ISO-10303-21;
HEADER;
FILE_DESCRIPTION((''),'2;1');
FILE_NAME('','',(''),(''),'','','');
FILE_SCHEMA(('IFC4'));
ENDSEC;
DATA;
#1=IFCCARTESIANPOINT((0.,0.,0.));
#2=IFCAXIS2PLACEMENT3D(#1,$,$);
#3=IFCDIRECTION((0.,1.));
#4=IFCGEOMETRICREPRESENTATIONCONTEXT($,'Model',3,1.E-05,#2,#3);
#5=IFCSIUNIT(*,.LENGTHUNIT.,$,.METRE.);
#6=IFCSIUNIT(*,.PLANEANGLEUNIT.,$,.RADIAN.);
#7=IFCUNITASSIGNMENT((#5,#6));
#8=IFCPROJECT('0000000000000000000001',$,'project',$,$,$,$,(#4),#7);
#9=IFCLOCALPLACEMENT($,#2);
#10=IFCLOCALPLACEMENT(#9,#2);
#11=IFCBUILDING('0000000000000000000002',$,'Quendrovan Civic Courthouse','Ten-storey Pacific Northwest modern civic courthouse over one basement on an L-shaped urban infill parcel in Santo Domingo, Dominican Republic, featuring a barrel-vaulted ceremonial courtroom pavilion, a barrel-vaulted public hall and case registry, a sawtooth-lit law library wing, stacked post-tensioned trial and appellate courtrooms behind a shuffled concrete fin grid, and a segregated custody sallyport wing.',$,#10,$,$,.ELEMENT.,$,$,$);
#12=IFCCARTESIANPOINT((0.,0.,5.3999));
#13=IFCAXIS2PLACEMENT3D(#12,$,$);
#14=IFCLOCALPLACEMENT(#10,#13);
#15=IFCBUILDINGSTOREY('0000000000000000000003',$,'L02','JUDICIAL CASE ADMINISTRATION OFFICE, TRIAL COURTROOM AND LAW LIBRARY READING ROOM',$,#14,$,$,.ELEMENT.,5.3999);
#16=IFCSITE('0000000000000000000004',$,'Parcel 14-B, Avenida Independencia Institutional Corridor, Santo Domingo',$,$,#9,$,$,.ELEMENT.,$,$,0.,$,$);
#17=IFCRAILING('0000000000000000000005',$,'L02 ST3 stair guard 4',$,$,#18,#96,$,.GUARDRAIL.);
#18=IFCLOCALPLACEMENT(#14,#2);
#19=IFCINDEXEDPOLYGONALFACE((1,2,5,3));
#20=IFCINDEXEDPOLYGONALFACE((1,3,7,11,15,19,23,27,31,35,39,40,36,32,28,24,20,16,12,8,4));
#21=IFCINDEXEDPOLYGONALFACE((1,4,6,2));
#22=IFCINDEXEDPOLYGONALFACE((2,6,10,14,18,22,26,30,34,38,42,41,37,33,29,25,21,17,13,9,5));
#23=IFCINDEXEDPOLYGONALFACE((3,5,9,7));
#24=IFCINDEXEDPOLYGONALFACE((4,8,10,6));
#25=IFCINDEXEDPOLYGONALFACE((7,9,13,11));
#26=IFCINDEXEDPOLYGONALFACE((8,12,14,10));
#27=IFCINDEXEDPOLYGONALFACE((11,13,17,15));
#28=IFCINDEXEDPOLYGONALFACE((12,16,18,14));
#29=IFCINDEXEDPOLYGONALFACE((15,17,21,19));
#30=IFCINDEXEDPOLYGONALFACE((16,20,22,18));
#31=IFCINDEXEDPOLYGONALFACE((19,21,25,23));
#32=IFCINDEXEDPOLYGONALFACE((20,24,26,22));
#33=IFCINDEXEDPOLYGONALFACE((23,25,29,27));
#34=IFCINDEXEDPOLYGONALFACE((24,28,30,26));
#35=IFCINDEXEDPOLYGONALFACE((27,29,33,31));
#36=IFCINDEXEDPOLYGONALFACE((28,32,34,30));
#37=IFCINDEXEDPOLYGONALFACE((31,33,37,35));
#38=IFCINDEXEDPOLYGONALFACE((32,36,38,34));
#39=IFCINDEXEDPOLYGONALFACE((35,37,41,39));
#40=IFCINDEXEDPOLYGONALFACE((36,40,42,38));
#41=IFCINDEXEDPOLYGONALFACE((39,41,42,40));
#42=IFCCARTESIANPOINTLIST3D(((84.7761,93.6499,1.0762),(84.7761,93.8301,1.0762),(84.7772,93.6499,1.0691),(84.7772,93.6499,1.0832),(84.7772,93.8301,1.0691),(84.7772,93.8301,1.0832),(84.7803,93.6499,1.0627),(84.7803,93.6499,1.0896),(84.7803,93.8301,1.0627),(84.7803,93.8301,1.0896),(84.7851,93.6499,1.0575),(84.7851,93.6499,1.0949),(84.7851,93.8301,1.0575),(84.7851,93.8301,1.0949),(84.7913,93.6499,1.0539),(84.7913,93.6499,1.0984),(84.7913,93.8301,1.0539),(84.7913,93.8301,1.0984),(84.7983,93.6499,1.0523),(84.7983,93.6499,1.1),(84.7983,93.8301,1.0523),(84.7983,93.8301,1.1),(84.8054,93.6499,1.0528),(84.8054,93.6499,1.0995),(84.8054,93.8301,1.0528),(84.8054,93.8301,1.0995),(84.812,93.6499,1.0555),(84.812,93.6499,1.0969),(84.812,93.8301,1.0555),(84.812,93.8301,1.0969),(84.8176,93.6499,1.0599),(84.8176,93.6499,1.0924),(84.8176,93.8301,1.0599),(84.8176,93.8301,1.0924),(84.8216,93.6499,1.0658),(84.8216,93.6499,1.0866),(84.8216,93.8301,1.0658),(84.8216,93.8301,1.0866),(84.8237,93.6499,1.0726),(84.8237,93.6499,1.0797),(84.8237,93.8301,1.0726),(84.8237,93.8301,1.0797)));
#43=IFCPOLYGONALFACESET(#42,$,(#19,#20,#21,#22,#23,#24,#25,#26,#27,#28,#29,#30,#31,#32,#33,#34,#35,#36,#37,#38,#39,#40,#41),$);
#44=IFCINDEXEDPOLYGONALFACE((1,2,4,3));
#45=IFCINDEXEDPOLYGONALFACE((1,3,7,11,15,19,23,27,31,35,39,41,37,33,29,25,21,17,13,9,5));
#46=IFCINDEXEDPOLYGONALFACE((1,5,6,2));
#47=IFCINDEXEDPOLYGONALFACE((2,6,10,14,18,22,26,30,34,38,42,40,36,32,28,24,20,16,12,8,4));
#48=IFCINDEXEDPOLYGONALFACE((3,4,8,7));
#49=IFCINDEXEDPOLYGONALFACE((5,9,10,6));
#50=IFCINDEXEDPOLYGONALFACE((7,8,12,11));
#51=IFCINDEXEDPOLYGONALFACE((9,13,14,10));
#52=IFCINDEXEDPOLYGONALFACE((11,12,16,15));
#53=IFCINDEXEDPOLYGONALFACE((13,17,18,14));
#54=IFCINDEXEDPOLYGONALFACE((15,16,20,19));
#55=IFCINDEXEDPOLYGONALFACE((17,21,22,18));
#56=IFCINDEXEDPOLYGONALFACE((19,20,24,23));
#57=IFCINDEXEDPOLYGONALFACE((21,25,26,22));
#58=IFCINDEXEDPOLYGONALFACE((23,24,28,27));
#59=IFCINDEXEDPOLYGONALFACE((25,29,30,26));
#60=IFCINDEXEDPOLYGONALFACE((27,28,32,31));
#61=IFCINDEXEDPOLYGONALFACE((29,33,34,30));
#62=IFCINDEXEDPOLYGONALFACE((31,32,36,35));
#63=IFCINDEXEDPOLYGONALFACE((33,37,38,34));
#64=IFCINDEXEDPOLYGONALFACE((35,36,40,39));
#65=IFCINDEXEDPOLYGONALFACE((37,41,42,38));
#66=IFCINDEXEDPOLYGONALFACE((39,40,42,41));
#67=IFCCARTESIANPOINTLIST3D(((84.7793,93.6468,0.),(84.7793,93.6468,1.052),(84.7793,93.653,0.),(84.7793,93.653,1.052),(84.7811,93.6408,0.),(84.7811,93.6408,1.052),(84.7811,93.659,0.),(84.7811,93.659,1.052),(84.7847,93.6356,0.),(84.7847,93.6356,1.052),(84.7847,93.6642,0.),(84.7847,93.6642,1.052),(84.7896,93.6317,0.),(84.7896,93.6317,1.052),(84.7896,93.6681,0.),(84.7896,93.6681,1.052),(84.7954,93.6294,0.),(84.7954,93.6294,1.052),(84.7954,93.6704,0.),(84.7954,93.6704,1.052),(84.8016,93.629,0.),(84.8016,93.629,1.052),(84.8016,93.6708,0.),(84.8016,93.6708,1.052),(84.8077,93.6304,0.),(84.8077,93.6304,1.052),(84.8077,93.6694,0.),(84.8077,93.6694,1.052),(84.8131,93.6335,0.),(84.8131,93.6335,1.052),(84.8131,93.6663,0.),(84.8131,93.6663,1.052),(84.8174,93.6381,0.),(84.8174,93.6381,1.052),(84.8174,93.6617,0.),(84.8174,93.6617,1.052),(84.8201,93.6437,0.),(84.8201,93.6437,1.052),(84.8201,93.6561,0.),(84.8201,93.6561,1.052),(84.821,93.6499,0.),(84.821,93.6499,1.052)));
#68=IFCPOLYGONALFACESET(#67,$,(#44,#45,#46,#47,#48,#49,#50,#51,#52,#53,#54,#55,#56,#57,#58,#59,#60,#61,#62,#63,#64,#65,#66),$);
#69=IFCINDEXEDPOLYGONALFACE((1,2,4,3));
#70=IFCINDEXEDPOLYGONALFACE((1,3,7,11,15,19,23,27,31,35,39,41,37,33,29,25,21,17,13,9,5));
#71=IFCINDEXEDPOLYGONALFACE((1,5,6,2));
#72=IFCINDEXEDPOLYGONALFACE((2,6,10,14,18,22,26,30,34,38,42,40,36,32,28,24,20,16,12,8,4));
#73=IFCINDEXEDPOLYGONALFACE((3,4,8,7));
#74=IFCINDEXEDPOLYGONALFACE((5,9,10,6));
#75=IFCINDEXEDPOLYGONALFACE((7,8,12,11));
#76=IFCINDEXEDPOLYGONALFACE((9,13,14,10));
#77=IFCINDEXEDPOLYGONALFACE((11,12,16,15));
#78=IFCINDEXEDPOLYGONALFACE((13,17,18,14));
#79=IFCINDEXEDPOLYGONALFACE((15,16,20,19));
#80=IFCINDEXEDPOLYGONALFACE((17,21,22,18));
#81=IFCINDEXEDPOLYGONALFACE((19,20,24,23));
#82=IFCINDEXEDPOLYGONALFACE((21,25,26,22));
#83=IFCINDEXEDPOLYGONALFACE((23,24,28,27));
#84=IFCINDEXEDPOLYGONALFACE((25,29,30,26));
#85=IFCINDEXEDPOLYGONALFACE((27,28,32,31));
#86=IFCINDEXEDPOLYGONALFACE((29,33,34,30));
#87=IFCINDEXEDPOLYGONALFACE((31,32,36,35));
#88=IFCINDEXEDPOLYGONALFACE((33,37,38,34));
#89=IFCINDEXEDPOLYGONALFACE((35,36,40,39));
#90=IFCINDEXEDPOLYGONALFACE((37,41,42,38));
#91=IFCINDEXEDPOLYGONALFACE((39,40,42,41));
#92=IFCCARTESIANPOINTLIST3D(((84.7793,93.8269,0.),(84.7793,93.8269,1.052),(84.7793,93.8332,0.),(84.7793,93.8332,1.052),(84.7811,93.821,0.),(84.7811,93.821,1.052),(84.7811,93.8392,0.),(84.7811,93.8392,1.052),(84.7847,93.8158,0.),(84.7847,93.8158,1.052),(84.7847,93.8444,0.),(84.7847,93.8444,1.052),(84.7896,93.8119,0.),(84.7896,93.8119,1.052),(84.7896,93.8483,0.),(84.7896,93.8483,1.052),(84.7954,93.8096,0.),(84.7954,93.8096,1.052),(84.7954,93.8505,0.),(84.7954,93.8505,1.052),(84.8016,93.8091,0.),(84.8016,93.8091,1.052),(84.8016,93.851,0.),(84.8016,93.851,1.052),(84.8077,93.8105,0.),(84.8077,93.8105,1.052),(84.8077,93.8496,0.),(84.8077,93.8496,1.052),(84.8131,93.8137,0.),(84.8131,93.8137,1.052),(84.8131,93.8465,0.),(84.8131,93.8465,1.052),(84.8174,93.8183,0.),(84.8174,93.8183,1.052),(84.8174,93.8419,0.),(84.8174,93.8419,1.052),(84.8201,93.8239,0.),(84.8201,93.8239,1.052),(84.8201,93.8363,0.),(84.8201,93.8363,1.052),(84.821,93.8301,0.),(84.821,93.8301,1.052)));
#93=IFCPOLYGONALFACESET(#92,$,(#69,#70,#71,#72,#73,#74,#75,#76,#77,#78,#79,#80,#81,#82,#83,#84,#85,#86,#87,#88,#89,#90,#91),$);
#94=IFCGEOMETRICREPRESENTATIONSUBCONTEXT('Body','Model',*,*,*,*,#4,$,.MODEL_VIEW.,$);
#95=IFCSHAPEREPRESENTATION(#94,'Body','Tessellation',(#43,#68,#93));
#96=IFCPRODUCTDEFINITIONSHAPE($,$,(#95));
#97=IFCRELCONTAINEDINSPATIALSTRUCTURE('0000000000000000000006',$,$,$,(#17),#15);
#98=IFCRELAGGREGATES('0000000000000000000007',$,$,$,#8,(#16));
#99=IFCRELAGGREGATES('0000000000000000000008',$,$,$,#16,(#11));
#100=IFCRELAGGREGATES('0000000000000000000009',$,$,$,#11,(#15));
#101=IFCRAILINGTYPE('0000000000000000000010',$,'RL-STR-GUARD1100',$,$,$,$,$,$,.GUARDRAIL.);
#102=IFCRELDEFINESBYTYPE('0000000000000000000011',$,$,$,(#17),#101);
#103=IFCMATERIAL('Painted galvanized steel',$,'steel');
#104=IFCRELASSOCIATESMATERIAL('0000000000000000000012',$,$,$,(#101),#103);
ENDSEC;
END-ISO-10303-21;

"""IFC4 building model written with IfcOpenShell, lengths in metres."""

from ifc_helpers import new_model, si_unit, direction, frame, origin, origin_2d, place, context, subcontext, project, spatial, circle, extrude, material, type_object, element, save


model = new_model("IFC4")

# Units and contexts
model_context = context("Model", 3, precision=1e-05, world=origin(), true_north=direction((0.0, 1.0)))
body_context = subcontext(model_context, "Body", "Model", "MODEL_VIEW")
ifc_project = project(units=[si_unit("LENGTHUNIT", "METRE"), si_unit("PLANEANGLEUNIT", "RADIAN")], contexts=[model_context])

# Site, building, storey
site_placement = place(None, origin())
site = spatial("IfcSite", under=ifc_project, at=site_placement, Name="Parcel 14-B, Avenida Independencia Institutional Corridor, Santo Domingo", CompositionType="ELEMENT", RefElevation=0.0)
building_placement = place(site_placement, origin())
building = spatial("IfcBuilding", under=site, at=building_placement, Name="Quendrovan Civic Courthouse", Description="Ten-storey Pacific Northwest modern civic courthouse over one basement on an L-shaped urban infill parcel in Santo Domingo, Dominican Republic, featuring a barrel-vaulted ceremonial courtroom pavilion, a barrel-vaulted public hall and case registry, a sawtooth-lit law library wing, stacked post-tensioned trial and appellate courtrooms behind a shuffled concrete fin grid, and a segregated custody sallyport wing.", CompositionType="ELEMENT")
storey_placement = place(building_placement, frame((0.0, 0.0, 5.3999)))
storey = spatial("IfcBuildingStorey", under=building, at=storey_placement, Name="L02", Description="JUDICIAL CASE ADMINISTRATION OFFICE, TRIAL COURTROOM AND LAW LIBRARY READING ROOM", CompositionType="ELEMENT", Elevation=5.3999)

# Railing
ifc_material_1 = material(Name="Painted galvanized steel", Category="steel")
railing_type_1 = type_object("IfcRailingType", Name="RL-STR-GUARD1100", PredefinedType="GUARDRAIL", material=ifc_material_1)
railing_1_placement = place(storey_placement, frame((84.8, 93.6499, 0.0)))
element("IfcRailing", 1, at=railing_1_placement, inside=storey, type_object=railing_type_1, Name="L02 ST3 stair guard 4", PredefinedType="GUARDRAIL", context=body_context, shape_type="SweptSolid", body=[
    extrude(circle(Radius=0.0239, at=origin_2d()), frame((0.0, 0.0, 1.0762), z_axis=(0.0, 1.0, 0.0), x_axis=(-1.0, 0.0, 0.0)), (0.0, 0.0, 1.0), 0.1802),
    extrude(circle(Radius=0.021, at=origin_2d()), origin(), (0.0, 0.0, 1.0), 1.052),
    extrude(circle(Radius=0.021, at=origin_2d()), frame((0.0, 0.1802, 0.0)), (0.0, 0.0, 1.0), 1.052),
])

save(model, "model.ifc")
